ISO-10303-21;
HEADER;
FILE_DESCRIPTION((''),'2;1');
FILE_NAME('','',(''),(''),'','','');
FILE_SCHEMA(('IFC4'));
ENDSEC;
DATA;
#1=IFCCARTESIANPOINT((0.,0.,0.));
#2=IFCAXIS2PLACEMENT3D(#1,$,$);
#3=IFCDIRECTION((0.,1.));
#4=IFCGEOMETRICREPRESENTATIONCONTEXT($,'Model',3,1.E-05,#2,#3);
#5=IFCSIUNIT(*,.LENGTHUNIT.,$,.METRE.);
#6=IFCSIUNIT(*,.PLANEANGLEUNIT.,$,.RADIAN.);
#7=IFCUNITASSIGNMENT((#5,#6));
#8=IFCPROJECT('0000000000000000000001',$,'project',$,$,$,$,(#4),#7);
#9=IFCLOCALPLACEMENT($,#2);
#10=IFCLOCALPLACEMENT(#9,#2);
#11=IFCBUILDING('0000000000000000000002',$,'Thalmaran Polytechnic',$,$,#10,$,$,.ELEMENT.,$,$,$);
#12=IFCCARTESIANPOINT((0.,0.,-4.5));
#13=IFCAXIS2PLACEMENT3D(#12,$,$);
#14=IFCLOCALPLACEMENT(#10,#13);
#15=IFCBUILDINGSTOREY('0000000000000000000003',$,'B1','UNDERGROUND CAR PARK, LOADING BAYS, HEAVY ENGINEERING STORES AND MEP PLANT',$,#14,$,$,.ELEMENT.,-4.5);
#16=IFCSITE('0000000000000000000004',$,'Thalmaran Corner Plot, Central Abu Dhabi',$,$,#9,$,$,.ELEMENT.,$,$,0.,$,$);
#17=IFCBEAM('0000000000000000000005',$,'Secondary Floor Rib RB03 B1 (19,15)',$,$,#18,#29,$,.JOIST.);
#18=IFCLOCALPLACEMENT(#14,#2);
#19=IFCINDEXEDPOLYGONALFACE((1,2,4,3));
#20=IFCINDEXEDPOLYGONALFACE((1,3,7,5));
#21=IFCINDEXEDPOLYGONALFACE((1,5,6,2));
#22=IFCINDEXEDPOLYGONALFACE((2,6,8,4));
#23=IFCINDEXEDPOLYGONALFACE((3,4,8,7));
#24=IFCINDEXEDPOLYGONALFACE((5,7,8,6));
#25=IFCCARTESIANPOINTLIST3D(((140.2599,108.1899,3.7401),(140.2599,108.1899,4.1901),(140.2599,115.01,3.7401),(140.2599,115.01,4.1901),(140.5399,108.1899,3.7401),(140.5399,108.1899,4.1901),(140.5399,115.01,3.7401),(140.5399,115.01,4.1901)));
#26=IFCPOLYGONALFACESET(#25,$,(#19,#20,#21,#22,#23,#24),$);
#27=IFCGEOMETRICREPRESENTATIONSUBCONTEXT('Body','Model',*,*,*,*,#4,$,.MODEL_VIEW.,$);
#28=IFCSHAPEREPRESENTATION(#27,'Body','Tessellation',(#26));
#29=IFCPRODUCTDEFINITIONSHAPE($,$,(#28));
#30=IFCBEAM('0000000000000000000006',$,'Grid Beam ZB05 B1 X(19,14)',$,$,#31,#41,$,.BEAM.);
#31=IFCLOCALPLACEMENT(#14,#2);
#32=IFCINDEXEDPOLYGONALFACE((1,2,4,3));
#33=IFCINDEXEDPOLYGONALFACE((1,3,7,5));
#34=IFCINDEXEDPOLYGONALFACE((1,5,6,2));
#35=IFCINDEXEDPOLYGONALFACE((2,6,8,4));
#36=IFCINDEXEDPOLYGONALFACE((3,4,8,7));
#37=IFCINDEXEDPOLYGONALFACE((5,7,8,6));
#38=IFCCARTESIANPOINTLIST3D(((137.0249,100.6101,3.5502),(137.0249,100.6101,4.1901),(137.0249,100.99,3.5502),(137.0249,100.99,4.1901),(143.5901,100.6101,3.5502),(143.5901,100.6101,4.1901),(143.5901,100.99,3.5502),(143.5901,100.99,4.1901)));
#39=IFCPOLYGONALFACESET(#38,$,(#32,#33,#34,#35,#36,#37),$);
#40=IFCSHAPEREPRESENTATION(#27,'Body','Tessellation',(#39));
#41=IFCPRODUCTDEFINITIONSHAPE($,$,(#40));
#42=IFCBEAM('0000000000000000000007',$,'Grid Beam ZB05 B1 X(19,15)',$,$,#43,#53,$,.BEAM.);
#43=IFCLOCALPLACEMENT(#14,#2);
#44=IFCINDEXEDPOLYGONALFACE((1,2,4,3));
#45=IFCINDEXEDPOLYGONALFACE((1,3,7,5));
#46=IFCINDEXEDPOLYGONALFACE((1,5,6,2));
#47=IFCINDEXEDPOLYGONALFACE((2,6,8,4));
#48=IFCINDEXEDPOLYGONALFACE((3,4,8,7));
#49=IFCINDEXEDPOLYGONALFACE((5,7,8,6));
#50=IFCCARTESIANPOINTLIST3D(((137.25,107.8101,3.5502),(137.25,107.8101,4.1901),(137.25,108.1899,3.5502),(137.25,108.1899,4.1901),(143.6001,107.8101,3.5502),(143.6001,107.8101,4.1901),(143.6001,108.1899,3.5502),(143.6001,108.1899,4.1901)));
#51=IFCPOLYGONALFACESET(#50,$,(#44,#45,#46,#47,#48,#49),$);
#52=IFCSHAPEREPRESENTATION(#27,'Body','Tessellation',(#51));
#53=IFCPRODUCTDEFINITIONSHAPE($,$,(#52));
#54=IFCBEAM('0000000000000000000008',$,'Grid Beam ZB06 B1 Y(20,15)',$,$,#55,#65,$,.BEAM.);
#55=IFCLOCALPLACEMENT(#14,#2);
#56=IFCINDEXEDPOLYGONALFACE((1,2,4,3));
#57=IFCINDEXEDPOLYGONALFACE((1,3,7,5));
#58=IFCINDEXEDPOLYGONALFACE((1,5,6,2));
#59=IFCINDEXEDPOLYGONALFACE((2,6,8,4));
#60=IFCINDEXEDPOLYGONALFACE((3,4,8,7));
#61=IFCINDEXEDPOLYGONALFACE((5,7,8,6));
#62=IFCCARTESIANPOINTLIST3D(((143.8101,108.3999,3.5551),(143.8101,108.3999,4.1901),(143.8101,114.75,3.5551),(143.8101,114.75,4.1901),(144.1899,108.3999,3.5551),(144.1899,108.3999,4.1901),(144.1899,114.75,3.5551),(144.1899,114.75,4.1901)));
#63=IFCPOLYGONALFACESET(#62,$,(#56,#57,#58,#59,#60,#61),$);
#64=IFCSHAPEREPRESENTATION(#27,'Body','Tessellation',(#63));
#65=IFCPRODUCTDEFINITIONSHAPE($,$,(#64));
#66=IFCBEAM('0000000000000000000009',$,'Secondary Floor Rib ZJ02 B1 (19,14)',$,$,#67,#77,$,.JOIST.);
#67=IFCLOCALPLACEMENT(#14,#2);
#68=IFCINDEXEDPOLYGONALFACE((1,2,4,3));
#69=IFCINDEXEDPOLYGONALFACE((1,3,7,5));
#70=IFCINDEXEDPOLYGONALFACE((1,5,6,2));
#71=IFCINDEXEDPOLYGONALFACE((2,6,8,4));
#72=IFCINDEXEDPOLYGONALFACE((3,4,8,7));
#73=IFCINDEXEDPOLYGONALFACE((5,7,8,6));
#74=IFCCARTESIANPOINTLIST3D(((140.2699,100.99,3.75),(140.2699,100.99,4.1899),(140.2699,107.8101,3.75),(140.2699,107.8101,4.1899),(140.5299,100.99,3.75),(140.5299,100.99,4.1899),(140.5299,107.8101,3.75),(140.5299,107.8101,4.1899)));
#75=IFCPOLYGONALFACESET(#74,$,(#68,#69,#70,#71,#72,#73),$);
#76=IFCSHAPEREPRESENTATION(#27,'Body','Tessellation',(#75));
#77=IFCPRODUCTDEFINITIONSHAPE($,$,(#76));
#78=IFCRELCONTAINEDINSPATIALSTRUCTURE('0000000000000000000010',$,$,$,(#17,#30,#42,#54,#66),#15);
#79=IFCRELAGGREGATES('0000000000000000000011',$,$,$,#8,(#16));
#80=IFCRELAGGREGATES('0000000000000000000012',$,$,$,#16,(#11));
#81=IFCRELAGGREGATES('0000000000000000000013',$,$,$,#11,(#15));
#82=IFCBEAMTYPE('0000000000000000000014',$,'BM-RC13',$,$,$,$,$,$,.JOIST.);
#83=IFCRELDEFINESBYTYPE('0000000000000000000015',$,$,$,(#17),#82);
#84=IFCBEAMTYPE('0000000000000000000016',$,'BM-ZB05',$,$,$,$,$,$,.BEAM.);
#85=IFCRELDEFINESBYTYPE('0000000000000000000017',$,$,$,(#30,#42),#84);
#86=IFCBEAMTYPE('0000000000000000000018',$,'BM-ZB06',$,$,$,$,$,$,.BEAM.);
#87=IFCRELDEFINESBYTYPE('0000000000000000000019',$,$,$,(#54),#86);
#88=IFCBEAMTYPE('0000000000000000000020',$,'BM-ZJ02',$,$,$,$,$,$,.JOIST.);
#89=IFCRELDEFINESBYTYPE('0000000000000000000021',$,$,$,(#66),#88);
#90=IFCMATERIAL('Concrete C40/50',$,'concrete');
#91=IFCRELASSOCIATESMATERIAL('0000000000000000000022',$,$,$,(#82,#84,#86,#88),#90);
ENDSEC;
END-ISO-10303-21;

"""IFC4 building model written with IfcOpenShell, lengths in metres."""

from ifc_helpers import new_model, si_unit, direction, frame, origin, origin_2d, place, context, subcontext, project, spatial, rectangle, extrude, material, material_profile, profile_set, type_object, element, save


model = new_model("IFC4")

# Units and contexts
model_context = context("Model", 3, precision=1e-05, world=origin(), true_north=direction((0.0, 1.0)))
body_context = subcontext(model_context, "Body", "Model", "MODEL_VIEW")
ifc_project = project(units=[si_unit("LENGTHUNIT", "METRE"), si_unit("PLANEANGLEUNIT", "RADIAN")], contexts=[model_context])

# Site, building, storey
site_placement = place(None, origin())
site = spatial("IfcSite", under=ifc_project, at=site_placement, Name="Thalmaran Corner Plot, Central Abu Dhabi", CompositionType="ELEMENT", RefElevation=0.0)
building_placement = place(site_placement, origin())
building = spatial("IfcBuilding", under=site, at=building_placement, Name="Thalmaran Polytechnic", CompositionType="ELEMENT")
storey_placement = place(building_placement, frame((0.0, 0.0, -4.5)))
storey = spatial("IfcBuildingStorey", under=building, at=storey_placement, Name="B1", Description="UNDERGROUND CAR PARK, LOADING BAYS, HEAVY ENGINEERING STORES AND MEP PLANT", CompositionType="ELEMENT", Elevation=-4.5)

# Shared definitions
ifc_material_1 = material(Name="Concrete C40/50", Category="concrete")

# Beams
ifc_material_profile_1 = material_profile(ifc_material_1, rectangle(XDim=0.28, YDim=0.45, at=origin_2d()), Name="RC 280x450")
ifc_profile_set_1 = profile_set([ifc_material_profile_1], Name="Concrete C40/50")
beam_type_1 = type_object("IfcBeamType", Name="BM-RC13", PredefinedType="JOIST", material=ifc_profile_set_1)
beam_1_placement = place(storey_placement, frame((140.3999, 108.1899, 3.9651), z_axis=(0.0, 1.0, 0.0), x_axis=(-1.0, 0.0, 0.0)))
element("IfcBeam", 1, at=beam_1_placement, inside=storey, type_object=beam_type_1, Name="Secondary Floor Rib RB03 B1 (19,15)", PredefinedType="JOIST", context=body_context, shape_type="SweptSolid", body=[
    extrude(rectangle(XDim=0.28, YDim=0.45, at=origin_2d()), origin(), (0.0, 0.0, 1.0), 6.8201),
])
ifc_material_profile_2 = material_profile(ifc_material_1, rectangle(XDim=0.3799, YDim=0.6399, at=origin_2d()), Name="RC 380x640")
ifc_profile_set_2 = profile_set([ifc_material_profile_2], Name="Concrete C40/50")
beam_type_2 = type_object("IfcBeamType", Name="BM-ZB05", PredefinedType="BEAM", material=ifc_profile_set_2)
beam_2_placement = place(storey_placement, frame((137.0249, 100.8, 3.8701), z_axis=(1.0, 0.0, 0.0), x_axis=(0.0, 1.0, 0.0)))
element("IfcBeam", 2, at=beam_2_placement, inside=storey, type_object=beam_type_2, Name="Grid Beam ZB05 B1 X(19,14)", PredefinedType="BEAM", context=body_context, shape_type="SweptSolid", body=[
    extrude(rectangle(XDim=0.3799, YDim=0.6399, at=origin_2d()), origin(), (0.0, 0.0, 1.0), 6.5652),
])
beam_3_placement = place(storey_placement, frame((137.25, 108.0, 3.8701), z_axis=(1.0, 0.0, 0.0), x_axis=(0.0, 1.0, 0.0)))
element("IfcBeam", 3, at=beam_3_placement, inside=storey, type_object=beam_type_2, Name="Grid Beam ZB05 B1 X(19,15)", PredefinedType="BEAM", context=body_context, shape_type="SweptSolid", body=[
    extrude(rectangle(XDim=0.3799, YDim=0.6399, at=origin_2d()), origin(), (0.0, 0.0, 1.0), 6.3501),
])
ifc_material_profile_3 = material_profile(ifc_material_1, rectangle(XDim=0.3799, YDim=0.635, at=origin_2d()), Name="RC 380x635")
ifc_profile_set_3 = profile_set([ifc_material_profile_3], Name="Concrete C40/50")
beam_type_3 = type_object("IfcBeamType", Name="BM-ZB06", PredefinedType="BEAM", material=ifc_profile_set_3)
beam_4_placement = place(storey_placement, frame((144.0, 108.3999, 3.8726), z_axis=(0.0, 1.0, 0.0), x_axis=(-1.0, 0.0, 0.0)))
element("IfcBeam", 4, at=beam_4_placement, inside=storey, type_object=beam_type_3, Name="Grid Beam ZB06 B1 Y(20,15)", PredefinedType="BEAM", context=body_context, shape_type="SweptSolid", body=[
    extrude(rectangle(XDim=0.3799, YDim=0.635, at=origin_2d()), origin(), (0.0, 0.0, 1.0), 6.3501),
])
ifc_material_profile_4 = material_profile(ifc_material_1, rectangle(XDim=0.26, YDim=0.4399, at=origin_2d()), Name="RC 260x440")
ifc_profile_set_4 = profile_set([ifc_material_profile_4], Name="Concrete C40/50")
beam_type_4 = type_object("IfcBeamType", Name="BM-ZJ02", PredefinedType="JOIST", material=ifc_profile_set_4)
beam_5_placement = place(storey_placement, frame((140.3999, 100.99, 3.97), z_axis=(0.0, 1.0, 0.0), x_axis=(-1.0, 0.0, 0.0)))
element("IfcBeam", 5, at=beam_5_placement, inside=storey, type_object=beam_type_4, Name="Secondary Floor Rib ZJ02 B1 (19,14)", PredefinedType="JOIST", context=body_context, shape_type="SweptSolid", body=[
    extrude(rectangle(XDim=0.26, YDim=0.4399, at=origin_2d()), origin(), (0.0, 0.0, 1.0), 6.8201),
])

save(model, "model.ifc")
